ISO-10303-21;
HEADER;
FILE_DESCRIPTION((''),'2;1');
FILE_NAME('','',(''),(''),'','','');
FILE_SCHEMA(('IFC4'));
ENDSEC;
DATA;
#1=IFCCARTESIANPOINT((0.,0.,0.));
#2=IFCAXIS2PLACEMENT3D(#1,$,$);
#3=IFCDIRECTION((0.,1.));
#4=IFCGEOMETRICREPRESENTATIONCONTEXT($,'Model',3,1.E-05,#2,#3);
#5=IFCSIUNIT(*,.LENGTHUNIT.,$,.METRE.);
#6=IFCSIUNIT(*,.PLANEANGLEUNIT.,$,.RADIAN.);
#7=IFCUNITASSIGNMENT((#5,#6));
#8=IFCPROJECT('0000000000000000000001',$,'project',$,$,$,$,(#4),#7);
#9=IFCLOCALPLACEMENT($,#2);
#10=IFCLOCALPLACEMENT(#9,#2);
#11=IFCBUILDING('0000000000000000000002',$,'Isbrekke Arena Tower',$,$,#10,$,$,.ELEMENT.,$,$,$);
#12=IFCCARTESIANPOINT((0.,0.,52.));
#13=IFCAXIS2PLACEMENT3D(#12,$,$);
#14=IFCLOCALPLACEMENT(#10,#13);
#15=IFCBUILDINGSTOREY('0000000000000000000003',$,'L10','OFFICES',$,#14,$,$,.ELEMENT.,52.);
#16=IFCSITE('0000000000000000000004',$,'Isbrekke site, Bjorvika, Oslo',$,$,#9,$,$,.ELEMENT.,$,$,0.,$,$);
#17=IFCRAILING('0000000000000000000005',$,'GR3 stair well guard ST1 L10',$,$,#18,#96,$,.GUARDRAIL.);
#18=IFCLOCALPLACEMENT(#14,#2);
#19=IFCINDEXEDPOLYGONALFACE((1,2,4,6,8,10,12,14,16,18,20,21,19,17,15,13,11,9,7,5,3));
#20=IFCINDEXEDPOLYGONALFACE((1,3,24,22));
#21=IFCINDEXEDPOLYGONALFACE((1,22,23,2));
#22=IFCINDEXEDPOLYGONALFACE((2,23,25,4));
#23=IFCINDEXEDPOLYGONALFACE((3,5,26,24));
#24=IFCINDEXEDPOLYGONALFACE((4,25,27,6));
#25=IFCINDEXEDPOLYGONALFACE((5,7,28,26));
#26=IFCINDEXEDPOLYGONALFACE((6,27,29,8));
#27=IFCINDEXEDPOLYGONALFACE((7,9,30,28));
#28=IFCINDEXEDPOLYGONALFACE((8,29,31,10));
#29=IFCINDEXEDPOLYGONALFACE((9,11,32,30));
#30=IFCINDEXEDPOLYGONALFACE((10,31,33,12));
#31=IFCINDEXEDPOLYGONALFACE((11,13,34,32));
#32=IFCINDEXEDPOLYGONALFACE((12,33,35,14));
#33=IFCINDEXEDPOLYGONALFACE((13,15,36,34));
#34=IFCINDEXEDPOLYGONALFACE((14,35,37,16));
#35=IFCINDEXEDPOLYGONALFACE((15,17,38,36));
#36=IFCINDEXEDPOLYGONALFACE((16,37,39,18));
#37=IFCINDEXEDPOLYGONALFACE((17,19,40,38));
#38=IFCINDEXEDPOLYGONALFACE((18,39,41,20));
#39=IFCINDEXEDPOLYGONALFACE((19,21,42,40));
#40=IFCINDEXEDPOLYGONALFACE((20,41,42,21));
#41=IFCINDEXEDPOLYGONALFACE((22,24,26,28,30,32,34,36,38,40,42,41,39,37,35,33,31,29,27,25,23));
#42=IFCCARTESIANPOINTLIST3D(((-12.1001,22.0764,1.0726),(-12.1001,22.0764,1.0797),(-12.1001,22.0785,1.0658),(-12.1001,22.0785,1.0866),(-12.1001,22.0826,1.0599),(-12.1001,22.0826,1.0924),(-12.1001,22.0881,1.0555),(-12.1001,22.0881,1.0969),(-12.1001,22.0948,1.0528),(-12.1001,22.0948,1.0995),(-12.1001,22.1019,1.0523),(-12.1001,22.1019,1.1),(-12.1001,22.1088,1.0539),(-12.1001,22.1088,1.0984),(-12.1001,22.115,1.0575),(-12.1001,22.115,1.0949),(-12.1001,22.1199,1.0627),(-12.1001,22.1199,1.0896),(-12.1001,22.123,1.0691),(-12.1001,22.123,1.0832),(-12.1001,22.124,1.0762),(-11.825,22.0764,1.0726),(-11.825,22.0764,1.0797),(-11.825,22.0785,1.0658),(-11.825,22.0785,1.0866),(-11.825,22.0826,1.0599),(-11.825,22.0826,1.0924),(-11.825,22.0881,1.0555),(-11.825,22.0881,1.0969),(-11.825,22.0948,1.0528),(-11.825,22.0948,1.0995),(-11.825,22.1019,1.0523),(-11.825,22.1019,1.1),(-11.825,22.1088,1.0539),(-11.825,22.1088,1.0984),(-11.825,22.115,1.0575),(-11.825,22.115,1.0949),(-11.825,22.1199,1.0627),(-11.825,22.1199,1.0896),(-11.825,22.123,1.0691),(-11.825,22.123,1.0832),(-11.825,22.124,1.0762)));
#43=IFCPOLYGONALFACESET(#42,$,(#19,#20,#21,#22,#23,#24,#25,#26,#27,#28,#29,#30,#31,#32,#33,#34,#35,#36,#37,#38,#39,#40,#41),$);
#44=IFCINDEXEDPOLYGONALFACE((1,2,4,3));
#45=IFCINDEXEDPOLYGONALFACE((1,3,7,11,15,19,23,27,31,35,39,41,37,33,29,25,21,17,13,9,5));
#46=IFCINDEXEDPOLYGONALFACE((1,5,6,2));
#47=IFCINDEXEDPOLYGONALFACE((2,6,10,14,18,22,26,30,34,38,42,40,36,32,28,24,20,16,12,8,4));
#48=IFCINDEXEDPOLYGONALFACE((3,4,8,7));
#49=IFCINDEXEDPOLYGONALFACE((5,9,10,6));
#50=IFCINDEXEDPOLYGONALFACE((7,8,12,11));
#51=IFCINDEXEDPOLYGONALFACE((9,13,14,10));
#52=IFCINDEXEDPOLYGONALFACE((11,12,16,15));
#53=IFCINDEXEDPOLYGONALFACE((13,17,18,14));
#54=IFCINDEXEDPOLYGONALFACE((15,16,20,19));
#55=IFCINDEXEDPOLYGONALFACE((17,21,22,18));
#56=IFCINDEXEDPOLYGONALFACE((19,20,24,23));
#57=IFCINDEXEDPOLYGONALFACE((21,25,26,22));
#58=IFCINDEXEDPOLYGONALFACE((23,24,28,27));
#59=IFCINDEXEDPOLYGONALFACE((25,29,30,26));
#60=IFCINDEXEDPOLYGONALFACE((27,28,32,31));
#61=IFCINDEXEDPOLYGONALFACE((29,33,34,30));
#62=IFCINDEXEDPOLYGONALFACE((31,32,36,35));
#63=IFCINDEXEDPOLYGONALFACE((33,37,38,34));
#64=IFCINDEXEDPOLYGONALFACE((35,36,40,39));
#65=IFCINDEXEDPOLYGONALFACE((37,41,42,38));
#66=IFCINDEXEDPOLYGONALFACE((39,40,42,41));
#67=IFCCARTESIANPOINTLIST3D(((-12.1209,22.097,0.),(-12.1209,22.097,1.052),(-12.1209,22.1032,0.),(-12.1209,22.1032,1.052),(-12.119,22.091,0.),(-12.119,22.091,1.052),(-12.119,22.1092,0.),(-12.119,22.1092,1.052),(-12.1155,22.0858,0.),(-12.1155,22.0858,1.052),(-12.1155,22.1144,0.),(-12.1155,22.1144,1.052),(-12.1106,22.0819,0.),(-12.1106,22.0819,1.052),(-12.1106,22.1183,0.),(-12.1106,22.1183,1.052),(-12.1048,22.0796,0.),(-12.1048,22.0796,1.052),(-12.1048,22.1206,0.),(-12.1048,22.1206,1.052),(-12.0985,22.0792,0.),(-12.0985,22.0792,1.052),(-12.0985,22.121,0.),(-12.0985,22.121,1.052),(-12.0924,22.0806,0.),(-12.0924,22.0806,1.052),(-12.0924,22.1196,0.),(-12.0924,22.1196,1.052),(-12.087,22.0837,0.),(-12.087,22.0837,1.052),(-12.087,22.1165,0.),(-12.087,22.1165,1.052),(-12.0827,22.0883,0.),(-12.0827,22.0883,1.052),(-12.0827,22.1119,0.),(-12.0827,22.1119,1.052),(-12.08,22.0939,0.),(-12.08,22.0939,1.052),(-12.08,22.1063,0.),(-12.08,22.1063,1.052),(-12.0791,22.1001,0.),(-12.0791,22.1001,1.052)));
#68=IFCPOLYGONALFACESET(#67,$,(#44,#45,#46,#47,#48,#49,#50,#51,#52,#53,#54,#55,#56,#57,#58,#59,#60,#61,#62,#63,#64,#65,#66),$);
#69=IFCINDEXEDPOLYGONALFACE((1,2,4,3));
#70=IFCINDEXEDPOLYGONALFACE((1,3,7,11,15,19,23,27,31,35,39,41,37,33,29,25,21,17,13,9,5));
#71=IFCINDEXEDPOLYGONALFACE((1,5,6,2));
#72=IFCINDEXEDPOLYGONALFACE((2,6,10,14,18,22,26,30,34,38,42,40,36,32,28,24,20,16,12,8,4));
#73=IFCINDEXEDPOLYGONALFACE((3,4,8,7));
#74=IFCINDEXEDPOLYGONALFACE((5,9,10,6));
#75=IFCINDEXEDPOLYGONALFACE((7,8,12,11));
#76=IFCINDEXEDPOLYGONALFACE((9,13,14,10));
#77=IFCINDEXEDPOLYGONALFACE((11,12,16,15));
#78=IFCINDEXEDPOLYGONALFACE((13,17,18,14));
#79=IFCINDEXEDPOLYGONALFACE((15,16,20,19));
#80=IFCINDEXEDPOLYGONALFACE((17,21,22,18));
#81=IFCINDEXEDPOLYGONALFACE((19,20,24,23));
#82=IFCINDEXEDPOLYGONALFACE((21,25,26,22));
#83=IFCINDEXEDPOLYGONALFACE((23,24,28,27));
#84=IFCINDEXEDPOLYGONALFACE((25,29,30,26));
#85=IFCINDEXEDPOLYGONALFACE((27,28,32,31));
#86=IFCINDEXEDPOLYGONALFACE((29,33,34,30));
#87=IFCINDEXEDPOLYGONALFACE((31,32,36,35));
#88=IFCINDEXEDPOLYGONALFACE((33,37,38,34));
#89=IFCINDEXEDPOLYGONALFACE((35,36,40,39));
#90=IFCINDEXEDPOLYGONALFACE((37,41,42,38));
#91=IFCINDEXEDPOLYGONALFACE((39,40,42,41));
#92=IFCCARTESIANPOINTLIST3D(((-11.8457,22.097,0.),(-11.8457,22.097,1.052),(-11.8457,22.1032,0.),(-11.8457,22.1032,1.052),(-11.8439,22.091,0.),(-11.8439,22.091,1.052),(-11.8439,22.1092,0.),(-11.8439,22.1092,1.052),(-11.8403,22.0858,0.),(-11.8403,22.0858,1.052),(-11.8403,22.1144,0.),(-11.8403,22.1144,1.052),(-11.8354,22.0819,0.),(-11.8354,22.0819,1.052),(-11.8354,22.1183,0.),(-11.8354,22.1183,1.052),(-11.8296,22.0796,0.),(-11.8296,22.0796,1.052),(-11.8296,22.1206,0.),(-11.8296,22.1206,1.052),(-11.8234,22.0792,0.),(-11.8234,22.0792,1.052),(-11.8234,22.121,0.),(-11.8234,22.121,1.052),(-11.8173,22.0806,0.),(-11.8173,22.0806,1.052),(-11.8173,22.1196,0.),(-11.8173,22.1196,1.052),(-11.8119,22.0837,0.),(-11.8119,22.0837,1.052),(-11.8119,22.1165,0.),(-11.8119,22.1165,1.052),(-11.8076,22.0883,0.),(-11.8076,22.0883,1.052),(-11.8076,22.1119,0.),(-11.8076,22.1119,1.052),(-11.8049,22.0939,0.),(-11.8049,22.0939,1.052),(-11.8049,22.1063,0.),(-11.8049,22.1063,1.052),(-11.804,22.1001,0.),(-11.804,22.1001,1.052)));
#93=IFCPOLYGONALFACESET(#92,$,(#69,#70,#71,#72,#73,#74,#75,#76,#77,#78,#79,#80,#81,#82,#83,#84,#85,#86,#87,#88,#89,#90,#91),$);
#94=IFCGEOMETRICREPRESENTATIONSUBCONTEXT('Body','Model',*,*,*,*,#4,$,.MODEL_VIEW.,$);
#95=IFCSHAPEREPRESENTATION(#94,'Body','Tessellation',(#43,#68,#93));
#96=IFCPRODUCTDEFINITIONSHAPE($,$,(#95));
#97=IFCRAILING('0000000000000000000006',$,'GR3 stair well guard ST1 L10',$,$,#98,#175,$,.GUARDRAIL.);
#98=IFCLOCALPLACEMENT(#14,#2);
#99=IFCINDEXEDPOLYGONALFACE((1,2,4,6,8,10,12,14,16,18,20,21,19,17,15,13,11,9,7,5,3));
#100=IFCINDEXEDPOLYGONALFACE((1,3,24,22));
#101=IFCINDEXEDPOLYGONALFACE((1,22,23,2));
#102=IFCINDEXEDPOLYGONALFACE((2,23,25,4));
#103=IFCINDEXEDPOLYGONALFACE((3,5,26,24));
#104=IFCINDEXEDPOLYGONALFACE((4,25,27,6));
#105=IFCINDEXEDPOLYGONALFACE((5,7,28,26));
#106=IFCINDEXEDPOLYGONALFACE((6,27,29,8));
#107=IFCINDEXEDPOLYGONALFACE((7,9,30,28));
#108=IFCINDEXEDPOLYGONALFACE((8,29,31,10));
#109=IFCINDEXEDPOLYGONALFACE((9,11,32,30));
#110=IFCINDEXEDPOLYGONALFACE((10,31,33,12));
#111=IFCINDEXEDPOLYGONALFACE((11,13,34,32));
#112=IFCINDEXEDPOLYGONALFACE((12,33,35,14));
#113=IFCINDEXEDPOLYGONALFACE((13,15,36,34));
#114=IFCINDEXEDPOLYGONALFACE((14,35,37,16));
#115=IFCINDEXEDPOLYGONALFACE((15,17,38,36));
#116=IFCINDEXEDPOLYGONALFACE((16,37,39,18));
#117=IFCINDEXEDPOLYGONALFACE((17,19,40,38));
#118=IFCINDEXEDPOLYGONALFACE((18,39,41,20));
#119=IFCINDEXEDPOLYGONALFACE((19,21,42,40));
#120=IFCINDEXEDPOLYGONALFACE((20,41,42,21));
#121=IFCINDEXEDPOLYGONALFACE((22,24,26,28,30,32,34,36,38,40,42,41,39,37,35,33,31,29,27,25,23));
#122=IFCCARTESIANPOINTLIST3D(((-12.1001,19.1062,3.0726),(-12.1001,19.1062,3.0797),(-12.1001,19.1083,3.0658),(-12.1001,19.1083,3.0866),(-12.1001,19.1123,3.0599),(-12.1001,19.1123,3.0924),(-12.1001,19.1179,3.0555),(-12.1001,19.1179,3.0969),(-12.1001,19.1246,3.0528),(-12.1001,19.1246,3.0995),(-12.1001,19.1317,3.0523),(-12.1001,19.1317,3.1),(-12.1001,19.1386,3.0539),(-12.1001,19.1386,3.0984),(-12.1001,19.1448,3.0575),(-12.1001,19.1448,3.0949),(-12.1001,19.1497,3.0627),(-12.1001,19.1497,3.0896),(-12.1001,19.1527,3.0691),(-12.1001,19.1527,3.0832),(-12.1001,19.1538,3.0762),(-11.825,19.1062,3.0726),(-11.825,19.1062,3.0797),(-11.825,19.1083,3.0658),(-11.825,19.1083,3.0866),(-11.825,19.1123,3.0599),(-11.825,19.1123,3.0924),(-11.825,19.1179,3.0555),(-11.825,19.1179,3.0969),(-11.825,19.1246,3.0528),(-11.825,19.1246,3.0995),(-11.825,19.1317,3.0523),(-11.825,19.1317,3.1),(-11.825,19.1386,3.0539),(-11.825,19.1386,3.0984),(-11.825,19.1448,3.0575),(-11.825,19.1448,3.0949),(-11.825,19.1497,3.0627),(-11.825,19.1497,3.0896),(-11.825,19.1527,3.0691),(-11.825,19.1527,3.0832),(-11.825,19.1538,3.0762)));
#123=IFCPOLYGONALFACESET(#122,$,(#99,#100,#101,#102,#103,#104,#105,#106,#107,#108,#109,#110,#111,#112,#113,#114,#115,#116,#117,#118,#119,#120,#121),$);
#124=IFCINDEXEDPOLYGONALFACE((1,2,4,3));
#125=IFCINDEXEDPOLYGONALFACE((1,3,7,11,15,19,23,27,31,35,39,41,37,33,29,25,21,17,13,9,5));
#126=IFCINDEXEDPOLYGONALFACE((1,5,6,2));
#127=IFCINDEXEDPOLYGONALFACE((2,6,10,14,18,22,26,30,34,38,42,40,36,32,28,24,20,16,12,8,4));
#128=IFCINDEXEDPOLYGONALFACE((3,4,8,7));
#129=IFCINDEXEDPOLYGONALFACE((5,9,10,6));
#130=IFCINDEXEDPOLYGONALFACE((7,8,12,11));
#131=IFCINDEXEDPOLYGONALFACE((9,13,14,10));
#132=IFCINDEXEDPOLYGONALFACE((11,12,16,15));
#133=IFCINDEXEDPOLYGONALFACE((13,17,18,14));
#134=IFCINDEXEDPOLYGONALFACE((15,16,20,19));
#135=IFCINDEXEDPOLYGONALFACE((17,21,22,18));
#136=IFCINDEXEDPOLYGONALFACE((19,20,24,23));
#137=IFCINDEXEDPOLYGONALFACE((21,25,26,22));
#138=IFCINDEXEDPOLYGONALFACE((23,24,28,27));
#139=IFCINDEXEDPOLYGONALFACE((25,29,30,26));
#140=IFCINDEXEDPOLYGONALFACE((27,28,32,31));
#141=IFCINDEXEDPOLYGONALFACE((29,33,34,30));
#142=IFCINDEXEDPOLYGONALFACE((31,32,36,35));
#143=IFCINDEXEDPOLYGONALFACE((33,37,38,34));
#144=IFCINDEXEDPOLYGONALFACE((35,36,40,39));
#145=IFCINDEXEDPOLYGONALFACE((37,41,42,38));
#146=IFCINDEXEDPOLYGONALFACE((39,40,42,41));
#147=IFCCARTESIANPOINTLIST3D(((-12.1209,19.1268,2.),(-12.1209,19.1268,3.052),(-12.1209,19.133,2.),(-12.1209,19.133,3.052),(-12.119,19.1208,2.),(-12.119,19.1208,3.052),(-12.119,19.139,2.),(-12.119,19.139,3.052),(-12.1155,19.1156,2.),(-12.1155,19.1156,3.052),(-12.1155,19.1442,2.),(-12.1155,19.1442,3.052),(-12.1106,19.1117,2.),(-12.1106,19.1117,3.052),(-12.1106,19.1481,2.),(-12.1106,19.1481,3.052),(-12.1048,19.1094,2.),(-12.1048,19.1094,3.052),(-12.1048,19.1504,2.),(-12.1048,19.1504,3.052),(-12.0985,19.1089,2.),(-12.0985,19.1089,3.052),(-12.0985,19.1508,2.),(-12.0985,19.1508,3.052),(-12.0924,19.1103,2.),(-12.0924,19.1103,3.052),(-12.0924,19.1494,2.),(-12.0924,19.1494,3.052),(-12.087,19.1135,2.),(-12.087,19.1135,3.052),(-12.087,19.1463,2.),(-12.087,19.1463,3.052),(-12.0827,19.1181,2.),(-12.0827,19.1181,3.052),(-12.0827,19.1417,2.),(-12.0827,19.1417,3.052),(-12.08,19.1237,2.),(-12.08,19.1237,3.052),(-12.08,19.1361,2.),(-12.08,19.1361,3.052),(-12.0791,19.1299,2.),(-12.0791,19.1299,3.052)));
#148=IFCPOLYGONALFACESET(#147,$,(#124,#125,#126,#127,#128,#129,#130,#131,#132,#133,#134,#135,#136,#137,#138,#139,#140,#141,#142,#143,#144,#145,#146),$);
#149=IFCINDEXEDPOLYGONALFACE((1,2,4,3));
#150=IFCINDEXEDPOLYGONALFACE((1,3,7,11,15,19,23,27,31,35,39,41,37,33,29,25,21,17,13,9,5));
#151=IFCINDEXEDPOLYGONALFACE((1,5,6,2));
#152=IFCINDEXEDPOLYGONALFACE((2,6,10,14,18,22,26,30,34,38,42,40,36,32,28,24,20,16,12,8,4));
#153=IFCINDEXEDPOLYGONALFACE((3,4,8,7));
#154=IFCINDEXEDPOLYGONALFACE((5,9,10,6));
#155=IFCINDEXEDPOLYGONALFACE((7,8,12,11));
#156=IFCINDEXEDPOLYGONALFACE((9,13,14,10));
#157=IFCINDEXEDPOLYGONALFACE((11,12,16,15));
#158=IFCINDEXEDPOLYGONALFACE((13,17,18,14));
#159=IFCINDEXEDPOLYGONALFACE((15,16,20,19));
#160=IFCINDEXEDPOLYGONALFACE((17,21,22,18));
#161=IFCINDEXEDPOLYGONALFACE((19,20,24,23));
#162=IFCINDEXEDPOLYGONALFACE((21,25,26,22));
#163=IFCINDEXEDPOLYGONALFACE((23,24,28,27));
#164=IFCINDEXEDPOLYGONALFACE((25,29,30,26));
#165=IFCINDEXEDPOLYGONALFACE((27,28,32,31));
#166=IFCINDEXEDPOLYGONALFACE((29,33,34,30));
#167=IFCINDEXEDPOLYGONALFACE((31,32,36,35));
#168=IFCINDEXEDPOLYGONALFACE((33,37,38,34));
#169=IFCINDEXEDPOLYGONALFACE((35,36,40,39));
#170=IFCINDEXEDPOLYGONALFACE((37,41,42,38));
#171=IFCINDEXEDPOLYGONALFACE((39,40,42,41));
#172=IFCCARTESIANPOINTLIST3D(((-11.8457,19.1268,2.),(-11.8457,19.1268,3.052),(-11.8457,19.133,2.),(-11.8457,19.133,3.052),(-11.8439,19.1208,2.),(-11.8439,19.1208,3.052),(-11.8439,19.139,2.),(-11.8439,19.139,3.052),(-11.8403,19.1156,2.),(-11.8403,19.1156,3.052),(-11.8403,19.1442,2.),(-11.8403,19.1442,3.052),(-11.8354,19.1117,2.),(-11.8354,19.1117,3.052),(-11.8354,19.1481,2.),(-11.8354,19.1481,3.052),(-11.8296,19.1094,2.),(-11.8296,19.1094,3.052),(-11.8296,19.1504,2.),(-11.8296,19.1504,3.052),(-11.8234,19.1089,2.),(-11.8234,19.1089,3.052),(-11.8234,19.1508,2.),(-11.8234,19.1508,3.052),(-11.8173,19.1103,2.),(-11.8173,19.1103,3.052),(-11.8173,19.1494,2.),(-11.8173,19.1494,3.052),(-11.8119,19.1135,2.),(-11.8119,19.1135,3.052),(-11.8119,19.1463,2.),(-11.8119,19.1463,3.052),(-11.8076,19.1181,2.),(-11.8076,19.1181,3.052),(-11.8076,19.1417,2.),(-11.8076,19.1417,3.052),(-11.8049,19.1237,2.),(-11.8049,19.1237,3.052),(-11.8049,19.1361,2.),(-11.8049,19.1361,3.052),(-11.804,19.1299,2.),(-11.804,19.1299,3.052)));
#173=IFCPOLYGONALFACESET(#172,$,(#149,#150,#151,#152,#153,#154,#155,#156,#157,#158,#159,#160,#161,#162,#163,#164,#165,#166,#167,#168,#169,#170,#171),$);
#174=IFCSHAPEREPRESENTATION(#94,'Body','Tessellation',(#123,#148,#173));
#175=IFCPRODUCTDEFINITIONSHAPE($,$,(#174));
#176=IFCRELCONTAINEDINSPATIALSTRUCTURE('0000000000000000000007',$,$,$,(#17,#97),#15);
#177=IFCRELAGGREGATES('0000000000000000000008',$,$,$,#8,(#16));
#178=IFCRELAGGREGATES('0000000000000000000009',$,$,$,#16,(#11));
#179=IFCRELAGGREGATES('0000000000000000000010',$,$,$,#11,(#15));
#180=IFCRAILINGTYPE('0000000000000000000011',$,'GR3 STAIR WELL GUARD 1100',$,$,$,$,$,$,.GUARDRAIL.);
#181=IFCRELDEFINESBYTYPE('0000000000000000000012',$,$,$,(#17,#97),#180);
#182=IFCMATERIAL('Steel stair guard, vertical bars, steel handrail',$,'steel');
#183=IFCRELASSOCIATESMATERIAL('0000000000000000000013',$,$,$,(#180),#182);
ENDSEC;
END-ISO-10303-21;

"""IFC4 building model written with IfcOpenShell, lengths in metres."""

from ifc_helpers import new_model, si_unit, direction, frame, origin, origin_2d, place, context, subcontext, project, spatial, circle, extrude, material, type_object, element, save


model = new_model("IFC4")

# Units and contexts
model_context = context("Model", 3, precision=1e-05, world=origin(), true_north=direction((0.0, 1.0)))
body_context = subcontext(model_context, "Body", "Model", "MODEL_VIEW")
ifc_project = project(units=[si_unit("LENGTHUNIT", "METRE"), si_unit("PLANEANGLEUNIT", "RADIAN")], contexts=[model_context])

# Site, building, storey
site_placement = place(None, origin())
site = spatial("IfcSite", under=ifc_project, at=site_placement, Name="Isbrekke site, Bjorvika, Oslo", CompositionType="ELEMENT", RefElevation=0.0)
building_placement = place(site_placement, origin())
building = spatial("IfcBuilding", under=site, at=building_placement, Name="Isbrekke Arena Tower", CompositionType="ELEMENT")
storey_placement = place(building_placement, frame((0.0, 0.0, 52.0)))
storey = spatial("IfcBuildingStorey", under=building, at=storey_placement, Name="L10", Description="OFFICES", CompositionType="ELEMENT", Elevation=52.0)

# Railings
ifc_material_1 = material(Name="Steel stair guard, vertical bars, steel handrail", Category="steel")
railing_type = type_object("IfcRailingType", Name="GR3 STAIR WELL GUARD 1100", PredefinedType="GUARDRAIL", material=ifc_material_1)
for number, where, name in (
    (1, (-12.1001, 22.1001, 0.0), "GR3 stair well guard ST1 L10"),
    (2, (-12.1001, 19.1299, 2.0), "GR3 stair well guard ST1 L10"),
):
    element("IfcRailing", number, at=place(storey_placement, frame(where)), inside=storey, type_object=railing_type, Name=name, PredefinedType="GUARDRAIL", context=body_context, shape_type="SweptSolid", body=[
        extrude(circle(Radius=0.0239, at=origin_2d()), frame((0.0, 0.0, 1.0762), z_axis=(1.0, 0.0, 0.0), x_axis=(0.0, 1.0, 0.0)), (0.0, 0.0, 1.0), 0.2751),
        extrude(circle(Radius=0.021, at=origin_2d()), origin(), (0.0, 0.0, 1.0), 1.052),
        extrude(circle(Radius=0.021, at=origin_2d()), frame((0.2751, 0.0, 0.0)), (0.0, 0.0, 1.0), 1.052),
    ])

save(model, "model.ifc")
